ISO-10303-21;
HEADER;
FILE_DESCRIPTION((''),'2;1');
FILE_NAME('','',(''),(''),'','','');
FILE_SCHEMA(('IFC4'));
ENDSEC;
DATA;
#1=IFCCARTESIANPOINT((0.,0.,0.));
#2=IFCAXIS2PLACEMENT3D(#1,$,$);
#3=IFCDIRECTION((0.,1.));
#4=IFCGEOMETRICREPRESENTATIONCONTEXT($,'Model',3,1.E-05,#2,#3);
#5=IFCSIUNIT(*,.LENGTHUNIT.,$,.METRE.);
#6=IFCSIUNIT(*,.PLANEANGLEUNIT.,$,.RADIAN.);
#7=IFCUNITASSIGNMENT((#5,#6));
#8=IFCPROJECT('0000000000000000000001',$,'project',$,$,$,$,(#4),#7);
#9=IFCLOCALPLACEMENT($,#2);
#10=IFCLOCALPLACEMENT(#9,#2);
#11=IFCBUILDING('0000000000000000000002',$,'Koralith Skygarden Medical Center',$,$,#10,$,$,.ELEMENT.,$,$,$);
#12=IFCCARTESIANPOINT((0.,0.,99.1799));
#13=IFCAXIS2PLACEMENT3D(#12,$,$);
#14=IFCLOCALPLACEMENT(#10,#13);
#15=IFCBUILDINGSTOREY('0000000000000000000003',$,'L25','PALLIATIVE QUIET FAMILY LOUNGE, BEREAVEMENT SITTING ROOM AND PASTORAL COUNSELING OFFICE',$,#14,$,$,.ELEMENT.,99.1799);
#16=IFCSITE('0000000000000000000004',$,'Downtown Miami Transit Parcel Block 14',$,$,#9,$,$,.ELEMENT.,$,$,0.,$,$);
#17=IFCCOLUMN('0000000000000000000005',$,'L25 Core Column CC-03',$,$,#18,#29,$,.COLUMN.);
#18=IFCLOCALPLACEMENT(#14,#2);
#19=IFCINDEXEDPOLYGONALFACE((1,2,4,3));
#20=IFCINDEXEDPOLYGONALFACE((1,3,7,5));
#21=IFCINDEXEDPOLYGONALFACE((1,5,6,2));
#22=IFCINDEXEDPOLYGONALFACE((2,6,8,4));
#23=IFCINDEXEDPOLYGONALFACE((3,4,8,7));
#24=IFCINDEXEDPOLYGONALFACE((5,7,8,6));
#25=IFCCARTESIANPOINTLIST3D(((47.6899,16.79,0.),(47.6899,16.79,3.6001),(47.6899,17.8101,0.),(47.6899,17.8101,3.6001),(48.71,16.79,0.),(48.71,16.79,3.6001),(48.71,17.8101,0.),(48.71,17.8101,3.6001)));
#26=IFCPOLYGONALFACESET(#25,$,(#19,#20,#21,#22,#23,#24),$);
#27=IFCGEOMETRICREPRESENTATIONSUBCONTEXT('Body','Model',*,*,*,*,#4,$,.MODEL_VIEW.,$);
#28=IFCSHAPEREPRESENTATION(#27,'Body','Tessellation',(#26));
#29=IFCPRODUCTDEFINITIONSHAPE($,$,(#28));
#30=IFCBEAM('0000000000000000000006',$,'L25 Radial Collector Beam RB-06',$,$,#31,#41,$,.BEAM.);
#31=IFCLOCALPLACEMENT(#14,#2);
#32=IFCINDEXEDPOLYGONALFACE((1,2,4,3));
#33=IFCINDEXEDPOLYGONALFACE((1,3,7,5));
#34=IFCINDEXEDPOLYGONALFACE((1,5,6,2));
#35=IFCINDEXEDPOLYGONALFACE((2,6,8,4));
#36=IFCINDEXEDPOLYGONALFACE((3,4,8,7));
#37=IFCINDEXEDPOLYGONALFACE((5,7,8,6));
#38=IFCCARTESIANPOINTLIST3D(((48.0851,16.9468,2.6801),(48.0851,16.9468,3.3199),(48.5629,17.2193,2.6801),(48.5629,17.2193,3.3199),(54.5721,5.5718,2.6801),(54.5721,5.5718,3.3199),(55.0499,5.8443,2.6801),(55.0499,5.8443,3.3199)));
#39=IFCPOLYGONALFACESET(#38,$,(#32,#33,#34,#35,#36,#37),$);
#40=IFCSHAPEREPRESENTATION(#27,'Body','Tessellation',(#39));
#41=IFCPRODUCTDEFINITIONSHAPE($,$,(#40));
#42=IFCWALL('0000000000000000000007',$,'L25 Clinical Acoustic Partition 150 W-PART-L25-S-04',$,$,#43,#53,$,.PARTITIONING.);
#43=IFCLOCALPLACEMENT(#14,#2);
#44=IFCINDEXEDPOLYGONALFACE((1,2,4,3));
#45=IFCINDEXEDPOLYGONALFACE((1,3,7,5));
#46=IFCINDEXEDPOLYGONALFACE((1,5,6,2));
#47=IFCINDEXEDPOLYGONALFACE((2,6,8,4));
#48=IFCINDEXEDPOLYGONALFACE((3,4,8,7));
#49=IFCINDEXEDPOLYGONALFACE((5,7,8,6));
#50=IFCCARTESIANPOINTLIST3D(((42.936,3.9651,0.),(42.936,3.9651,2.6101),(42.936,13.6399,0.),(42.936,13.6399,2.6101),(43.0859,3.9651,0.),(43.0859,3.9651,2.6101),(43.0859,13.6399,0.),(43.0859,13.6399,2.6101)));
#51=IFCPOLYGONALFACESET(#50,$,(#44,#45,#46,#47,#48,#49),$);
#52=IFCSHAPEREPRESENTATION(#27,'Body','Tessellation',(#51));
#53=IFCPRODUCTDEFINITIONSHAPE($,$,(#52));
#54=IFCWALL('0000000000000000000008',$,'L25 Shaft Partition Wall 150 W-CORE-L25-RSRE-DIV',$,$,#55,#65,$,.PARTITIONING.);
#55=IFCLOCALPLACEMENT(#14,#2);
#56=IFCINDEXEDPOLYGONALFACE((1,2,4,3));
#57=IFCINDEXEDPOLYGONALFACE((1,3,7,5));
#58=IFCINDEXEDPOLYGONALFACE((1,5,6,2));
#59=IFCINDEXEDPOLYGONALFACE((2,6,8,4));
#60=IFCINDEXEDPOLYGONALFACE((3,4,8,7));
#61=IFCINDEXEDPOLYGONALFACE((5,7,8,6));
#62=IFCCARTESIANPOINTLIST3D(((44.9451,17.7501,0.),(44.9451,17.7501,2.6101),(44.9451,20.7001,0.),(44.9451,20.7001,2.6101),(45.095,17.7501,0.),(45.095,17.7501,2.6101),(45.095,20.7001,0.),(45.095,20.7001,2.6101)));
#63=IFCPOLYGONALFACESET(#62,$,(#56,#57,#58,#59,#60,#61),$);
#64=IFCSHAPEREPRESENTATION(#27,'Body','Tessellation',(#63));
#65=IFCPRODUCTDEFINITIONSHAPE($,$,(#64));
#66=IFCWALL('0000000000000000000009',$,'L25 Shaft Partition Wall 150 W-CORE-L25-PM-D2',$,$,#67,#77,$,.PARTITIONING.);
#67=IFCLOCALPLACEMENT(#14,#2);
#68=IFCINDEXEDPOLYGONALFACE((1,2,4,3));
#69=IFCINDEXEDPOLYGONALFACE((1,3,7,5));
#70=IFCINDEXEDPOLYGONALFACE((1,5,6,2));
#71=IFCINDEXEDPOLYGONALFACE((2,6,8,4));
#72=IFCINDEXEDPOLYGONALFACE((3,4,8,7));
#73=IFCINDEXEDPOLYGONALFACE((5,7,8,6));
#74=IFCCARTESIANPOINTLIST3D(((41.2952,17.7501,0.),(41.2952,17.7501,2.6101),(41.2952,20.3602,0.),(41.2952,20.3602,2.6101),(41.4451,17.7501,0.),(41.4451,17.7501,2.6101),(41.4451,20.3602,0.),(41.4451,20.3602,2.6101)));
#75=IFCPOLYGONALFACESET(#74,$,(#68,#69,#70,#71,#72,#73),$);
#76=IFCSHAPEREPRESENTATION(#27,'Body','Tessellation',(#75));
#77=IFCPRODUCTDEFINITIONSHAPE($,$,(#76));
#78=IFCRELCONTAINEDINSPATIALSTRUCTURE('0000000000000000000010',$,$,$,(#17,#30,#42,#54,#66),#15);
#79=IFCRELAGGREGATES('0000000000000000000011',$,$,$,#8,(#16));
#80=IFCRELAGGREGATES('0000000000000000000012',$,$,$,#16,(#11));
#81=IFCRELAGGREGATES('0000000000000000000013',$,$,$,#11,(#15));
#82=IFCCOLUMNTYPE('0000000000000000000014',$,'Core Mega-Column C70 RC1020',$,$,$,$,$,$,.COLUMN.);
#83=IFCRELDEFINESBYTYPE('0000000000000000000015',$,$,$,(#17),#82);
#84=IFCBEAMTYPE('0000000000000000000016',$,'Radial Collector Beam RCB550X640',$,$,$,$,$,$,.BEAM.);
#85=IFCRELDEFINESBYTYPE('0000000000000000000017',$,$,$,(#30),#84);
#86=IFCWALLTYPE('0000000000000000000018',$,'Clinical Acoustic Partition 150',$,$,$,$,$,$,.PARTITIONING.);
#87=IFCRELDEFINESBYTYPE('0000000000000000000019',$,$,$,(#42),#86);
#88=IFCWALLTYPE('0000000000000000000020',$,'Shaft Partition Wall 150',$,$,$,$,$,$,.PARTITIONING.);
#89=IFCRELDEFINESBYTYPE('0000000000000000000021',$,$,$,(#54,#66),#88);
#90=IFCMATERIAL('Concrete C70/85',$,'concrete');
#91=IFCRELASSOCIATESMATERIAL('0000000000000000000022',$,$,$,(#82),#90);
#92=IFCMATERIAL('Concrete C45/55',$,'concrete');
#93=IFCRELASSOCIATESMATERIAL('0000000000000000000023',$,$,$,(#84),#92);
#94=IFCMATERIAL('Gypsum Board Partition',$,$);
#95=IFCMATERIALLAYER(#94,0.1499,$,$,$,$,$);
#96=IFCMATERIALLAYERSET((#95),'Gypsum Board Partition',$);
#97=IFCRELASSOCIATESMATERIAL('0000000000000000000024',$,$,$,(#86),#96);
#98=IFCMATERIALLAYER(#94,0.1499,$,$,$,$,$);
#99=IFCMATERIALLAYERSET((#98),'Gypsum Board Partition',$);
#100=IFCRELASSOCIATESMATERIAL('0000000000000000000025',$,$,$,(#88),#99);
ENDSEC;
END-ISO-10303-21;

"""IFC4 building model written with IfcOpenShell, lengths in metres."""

from ifc_helpers import new_model, si_unit, direction, frame, frame_2d, origin, origin_2d, place, context, subcontext, project, spatial, rectangle, extrude, material, layer, layer_set, material_profile, profile_set, type_object, element, save


model = new_model("IFC4")

# Units and contexts
model_context = context("Model", 3, precision=1e-05, world=origin(), true_north=direction((0.0, 1.0)))
body_context = subcontext(model_context, "Body", "Model", "MODEL_VIEW")
ifc_project = project(units=[si_unit("LENGTHUNIT", "METRE"), si_unit("PLANEANGLEUNIT", "RADIAN")], contexts=[model_context])

# Site, building, storey
site_placement = place(None, origin())
site = spatial("IfcSite", under=ifc_project, at=site_placement, Name="Downtown Miami Transit Parcel Block 14", CompositionType="ELEMENT", RefElevation=0.0)
building_placement = place(site_placement, origin())
building = spatial("IfcBuilding", under=site, at=building_placement, Name="Koralith Skygarden Medical Center", CompositionType="ELEMENT")
storey_placement = place(building_placement, frame((0.0, 0.0, 99.1799)))
storey = spatial("IfcBuildingStorey", under=building, at=storey_placement, Name="L25", Description="PALLIATIVE QUIET FAMILY LOUNGE, BEREAVEMENT SITTING ROOM AND PASTORAL COUNSELING OFFICE", CompositionType="ELEMENT", Elevation=99.1799)

# Column
ifc_material_1 = material(Name="Concrete C70/85", Category="concrete")
ifc_material_profile_1 = material_profile(ifc_material_1, rectangle(XDim=1.02, YDim=1.02, at=origin_2d()), Name="RC1020X1020")
ifc_profile_set_1 = profile_set([ifc_material_profile_1], Name="Concrete C70/85")
column_type = type_object("IfcColumnType", Name="Core Mega-Column C70 RC1020", PredefinedType="COLUMN", material=ifc_profile_set_1)
column_placement = place(storey_placement, frame((48.2, 17.3, 0.0), z_axis=(0.0, 0.0, 1.0), x_axis=(1.0, 0.0, 0.0)))
element("IfcColumn", 1, at=column_placement, inside=storey, type_object=column_type, Name="L25 Core Column CC-03", PredefinedType="COLUMN", context=body_context, shape_type="SweptSolid", body=[
    extrude(rectangle(XDim=1.02, YDim=1.02, at=origin_2d()), origin(), (0.0, 0.0, 1.0), 3.6001),
])

# Beam
ifc_material_2 = material(Name="Concrete C45/55", Category="concrete")
ifc_material_profile_2 = material_profile(ifc_material_2, rectangle(XDim=0.55, YDim=0.6399, at=origin_2d()), Name="RCB550X640")
ifc_profile_set_2 = profile_set([ifc_material_profile_2], Name="Concrete C45/55")
beam_type = type_object("IfcBeamType", Name="Radial Collector Beam RCB550X640", PredefinedType="BEAM", material=ifc_profile_set_2)
beam_placement = place(storey_placement, frame((48.324, 17.083, 3.0), z_axis=(0.495394, -0.868668, 0.0), x_axis=(0.868668, 0.495394, 0.0)))
element("IfcBeam", 2, at=beam_placement, inside=storey, type_object=beam_type, Name="L25 Radial Collector Beam RB-06", PredefinedType="BEAM", context=body_context, shape_type="SweptSolid", body=[
    extrude(rectangle(XDim=0.55, YDim=0.6399, at=origin_2d()), origin(), (0.0, 0.0, 1.0), 13.0947),
])

# Wall
ifc_material_3 = material(Name="Gypsum Board Partition")
ifc_layer_1 = layer(ifc_material_3, 0.1499)
ifc_layer_set_1 = layer_set([ifc_layer_1], Name="Gypsum Board Partition")
wall_type_1 = type_object("IfcWallType", Name="Clinical Acoustic Partition 150", PredefinedType="PARTITIONING", material=ifc_layer_set_1)
wall_1_placement = place(storey_placement, frame((43.011, 13.6399, 0.0), z_axis=(0.0, 0.0, 1.0), x_axis=(0.0, -1.0, 0.0)))
element("IfcWall", 3, at=wall_1_placement, inside=storey, type_object=wall_type_1, Name="L25 Clinical Acoustic Partition 150 W-PART-L25-S-04", PredefinedType="PARTITIONING", context=body_context, shape_type="SweptSolid", body=[
    extrude(rectangle(XDim=9.6748, YDim=0.1499, at=frame_2d((4.8374, 0.0))), origin(), (0.0, 0.0, 1.0), 2.6101),
])

# Walls
ifc_layer_2 = layer(ifc_material_3, 0.1499)
ifc_layer_set_2 = layer_set([ifc_layer_2], Name="Gypsum Board Partition")
wall_type_2 = type_object("IfcWallType", Name="Shaft Partition Wall 150", PredefinedType="PARTITIONING", material=ifc_layer_set_2)
wall_2_placement = place(storey_placement, frame((45.02, 17.75, 0.0), z_axis=(0.0, 0.0, 1.0), x_axis=(0.0, 1.0, 0.0)))
element("IfcWall", 4, at=wall_2_placement, inside=storey, type_object=wall_type_2, Name="L25 Shaft Partition Wall 150 W-CORE-L25-RSRE-DIV", PredefinedType="PARTITIONING", context=body_context, shape_type="SweptSolid", body=[
    extrude(rectangle(XDim=2.95, YDim=0.1499, at=frame_2d((1.4751, 0.0))), origin(), (0.0, 0.0, 1.0), 2.6101),
])
wall_3_placement = place(storey_placement, frame((41.3701, 17.75, 0.0), z_axis=(0.0, 0.0, 1.0), x_axis=(0.0, 1.0, 0.0)))
element("IfcWall", 5, at=wall_3_placement, inside=storey, type_object=wall_type_2, Name="L25 Shaft Partition Wall 150 W-CORE-L25-PM-D2", PredefinedType="PARTITIONING", context=body_context, shape_type="SweptSolid", body=[
    extrude(rectangle(XDim=2.6101, YDim=0.1499, at=frame_2d((1.3052, 0.0))), origin(), (0.0, 0.0, 1.0), 2.6101),
])

save(model, "model.ifc")
